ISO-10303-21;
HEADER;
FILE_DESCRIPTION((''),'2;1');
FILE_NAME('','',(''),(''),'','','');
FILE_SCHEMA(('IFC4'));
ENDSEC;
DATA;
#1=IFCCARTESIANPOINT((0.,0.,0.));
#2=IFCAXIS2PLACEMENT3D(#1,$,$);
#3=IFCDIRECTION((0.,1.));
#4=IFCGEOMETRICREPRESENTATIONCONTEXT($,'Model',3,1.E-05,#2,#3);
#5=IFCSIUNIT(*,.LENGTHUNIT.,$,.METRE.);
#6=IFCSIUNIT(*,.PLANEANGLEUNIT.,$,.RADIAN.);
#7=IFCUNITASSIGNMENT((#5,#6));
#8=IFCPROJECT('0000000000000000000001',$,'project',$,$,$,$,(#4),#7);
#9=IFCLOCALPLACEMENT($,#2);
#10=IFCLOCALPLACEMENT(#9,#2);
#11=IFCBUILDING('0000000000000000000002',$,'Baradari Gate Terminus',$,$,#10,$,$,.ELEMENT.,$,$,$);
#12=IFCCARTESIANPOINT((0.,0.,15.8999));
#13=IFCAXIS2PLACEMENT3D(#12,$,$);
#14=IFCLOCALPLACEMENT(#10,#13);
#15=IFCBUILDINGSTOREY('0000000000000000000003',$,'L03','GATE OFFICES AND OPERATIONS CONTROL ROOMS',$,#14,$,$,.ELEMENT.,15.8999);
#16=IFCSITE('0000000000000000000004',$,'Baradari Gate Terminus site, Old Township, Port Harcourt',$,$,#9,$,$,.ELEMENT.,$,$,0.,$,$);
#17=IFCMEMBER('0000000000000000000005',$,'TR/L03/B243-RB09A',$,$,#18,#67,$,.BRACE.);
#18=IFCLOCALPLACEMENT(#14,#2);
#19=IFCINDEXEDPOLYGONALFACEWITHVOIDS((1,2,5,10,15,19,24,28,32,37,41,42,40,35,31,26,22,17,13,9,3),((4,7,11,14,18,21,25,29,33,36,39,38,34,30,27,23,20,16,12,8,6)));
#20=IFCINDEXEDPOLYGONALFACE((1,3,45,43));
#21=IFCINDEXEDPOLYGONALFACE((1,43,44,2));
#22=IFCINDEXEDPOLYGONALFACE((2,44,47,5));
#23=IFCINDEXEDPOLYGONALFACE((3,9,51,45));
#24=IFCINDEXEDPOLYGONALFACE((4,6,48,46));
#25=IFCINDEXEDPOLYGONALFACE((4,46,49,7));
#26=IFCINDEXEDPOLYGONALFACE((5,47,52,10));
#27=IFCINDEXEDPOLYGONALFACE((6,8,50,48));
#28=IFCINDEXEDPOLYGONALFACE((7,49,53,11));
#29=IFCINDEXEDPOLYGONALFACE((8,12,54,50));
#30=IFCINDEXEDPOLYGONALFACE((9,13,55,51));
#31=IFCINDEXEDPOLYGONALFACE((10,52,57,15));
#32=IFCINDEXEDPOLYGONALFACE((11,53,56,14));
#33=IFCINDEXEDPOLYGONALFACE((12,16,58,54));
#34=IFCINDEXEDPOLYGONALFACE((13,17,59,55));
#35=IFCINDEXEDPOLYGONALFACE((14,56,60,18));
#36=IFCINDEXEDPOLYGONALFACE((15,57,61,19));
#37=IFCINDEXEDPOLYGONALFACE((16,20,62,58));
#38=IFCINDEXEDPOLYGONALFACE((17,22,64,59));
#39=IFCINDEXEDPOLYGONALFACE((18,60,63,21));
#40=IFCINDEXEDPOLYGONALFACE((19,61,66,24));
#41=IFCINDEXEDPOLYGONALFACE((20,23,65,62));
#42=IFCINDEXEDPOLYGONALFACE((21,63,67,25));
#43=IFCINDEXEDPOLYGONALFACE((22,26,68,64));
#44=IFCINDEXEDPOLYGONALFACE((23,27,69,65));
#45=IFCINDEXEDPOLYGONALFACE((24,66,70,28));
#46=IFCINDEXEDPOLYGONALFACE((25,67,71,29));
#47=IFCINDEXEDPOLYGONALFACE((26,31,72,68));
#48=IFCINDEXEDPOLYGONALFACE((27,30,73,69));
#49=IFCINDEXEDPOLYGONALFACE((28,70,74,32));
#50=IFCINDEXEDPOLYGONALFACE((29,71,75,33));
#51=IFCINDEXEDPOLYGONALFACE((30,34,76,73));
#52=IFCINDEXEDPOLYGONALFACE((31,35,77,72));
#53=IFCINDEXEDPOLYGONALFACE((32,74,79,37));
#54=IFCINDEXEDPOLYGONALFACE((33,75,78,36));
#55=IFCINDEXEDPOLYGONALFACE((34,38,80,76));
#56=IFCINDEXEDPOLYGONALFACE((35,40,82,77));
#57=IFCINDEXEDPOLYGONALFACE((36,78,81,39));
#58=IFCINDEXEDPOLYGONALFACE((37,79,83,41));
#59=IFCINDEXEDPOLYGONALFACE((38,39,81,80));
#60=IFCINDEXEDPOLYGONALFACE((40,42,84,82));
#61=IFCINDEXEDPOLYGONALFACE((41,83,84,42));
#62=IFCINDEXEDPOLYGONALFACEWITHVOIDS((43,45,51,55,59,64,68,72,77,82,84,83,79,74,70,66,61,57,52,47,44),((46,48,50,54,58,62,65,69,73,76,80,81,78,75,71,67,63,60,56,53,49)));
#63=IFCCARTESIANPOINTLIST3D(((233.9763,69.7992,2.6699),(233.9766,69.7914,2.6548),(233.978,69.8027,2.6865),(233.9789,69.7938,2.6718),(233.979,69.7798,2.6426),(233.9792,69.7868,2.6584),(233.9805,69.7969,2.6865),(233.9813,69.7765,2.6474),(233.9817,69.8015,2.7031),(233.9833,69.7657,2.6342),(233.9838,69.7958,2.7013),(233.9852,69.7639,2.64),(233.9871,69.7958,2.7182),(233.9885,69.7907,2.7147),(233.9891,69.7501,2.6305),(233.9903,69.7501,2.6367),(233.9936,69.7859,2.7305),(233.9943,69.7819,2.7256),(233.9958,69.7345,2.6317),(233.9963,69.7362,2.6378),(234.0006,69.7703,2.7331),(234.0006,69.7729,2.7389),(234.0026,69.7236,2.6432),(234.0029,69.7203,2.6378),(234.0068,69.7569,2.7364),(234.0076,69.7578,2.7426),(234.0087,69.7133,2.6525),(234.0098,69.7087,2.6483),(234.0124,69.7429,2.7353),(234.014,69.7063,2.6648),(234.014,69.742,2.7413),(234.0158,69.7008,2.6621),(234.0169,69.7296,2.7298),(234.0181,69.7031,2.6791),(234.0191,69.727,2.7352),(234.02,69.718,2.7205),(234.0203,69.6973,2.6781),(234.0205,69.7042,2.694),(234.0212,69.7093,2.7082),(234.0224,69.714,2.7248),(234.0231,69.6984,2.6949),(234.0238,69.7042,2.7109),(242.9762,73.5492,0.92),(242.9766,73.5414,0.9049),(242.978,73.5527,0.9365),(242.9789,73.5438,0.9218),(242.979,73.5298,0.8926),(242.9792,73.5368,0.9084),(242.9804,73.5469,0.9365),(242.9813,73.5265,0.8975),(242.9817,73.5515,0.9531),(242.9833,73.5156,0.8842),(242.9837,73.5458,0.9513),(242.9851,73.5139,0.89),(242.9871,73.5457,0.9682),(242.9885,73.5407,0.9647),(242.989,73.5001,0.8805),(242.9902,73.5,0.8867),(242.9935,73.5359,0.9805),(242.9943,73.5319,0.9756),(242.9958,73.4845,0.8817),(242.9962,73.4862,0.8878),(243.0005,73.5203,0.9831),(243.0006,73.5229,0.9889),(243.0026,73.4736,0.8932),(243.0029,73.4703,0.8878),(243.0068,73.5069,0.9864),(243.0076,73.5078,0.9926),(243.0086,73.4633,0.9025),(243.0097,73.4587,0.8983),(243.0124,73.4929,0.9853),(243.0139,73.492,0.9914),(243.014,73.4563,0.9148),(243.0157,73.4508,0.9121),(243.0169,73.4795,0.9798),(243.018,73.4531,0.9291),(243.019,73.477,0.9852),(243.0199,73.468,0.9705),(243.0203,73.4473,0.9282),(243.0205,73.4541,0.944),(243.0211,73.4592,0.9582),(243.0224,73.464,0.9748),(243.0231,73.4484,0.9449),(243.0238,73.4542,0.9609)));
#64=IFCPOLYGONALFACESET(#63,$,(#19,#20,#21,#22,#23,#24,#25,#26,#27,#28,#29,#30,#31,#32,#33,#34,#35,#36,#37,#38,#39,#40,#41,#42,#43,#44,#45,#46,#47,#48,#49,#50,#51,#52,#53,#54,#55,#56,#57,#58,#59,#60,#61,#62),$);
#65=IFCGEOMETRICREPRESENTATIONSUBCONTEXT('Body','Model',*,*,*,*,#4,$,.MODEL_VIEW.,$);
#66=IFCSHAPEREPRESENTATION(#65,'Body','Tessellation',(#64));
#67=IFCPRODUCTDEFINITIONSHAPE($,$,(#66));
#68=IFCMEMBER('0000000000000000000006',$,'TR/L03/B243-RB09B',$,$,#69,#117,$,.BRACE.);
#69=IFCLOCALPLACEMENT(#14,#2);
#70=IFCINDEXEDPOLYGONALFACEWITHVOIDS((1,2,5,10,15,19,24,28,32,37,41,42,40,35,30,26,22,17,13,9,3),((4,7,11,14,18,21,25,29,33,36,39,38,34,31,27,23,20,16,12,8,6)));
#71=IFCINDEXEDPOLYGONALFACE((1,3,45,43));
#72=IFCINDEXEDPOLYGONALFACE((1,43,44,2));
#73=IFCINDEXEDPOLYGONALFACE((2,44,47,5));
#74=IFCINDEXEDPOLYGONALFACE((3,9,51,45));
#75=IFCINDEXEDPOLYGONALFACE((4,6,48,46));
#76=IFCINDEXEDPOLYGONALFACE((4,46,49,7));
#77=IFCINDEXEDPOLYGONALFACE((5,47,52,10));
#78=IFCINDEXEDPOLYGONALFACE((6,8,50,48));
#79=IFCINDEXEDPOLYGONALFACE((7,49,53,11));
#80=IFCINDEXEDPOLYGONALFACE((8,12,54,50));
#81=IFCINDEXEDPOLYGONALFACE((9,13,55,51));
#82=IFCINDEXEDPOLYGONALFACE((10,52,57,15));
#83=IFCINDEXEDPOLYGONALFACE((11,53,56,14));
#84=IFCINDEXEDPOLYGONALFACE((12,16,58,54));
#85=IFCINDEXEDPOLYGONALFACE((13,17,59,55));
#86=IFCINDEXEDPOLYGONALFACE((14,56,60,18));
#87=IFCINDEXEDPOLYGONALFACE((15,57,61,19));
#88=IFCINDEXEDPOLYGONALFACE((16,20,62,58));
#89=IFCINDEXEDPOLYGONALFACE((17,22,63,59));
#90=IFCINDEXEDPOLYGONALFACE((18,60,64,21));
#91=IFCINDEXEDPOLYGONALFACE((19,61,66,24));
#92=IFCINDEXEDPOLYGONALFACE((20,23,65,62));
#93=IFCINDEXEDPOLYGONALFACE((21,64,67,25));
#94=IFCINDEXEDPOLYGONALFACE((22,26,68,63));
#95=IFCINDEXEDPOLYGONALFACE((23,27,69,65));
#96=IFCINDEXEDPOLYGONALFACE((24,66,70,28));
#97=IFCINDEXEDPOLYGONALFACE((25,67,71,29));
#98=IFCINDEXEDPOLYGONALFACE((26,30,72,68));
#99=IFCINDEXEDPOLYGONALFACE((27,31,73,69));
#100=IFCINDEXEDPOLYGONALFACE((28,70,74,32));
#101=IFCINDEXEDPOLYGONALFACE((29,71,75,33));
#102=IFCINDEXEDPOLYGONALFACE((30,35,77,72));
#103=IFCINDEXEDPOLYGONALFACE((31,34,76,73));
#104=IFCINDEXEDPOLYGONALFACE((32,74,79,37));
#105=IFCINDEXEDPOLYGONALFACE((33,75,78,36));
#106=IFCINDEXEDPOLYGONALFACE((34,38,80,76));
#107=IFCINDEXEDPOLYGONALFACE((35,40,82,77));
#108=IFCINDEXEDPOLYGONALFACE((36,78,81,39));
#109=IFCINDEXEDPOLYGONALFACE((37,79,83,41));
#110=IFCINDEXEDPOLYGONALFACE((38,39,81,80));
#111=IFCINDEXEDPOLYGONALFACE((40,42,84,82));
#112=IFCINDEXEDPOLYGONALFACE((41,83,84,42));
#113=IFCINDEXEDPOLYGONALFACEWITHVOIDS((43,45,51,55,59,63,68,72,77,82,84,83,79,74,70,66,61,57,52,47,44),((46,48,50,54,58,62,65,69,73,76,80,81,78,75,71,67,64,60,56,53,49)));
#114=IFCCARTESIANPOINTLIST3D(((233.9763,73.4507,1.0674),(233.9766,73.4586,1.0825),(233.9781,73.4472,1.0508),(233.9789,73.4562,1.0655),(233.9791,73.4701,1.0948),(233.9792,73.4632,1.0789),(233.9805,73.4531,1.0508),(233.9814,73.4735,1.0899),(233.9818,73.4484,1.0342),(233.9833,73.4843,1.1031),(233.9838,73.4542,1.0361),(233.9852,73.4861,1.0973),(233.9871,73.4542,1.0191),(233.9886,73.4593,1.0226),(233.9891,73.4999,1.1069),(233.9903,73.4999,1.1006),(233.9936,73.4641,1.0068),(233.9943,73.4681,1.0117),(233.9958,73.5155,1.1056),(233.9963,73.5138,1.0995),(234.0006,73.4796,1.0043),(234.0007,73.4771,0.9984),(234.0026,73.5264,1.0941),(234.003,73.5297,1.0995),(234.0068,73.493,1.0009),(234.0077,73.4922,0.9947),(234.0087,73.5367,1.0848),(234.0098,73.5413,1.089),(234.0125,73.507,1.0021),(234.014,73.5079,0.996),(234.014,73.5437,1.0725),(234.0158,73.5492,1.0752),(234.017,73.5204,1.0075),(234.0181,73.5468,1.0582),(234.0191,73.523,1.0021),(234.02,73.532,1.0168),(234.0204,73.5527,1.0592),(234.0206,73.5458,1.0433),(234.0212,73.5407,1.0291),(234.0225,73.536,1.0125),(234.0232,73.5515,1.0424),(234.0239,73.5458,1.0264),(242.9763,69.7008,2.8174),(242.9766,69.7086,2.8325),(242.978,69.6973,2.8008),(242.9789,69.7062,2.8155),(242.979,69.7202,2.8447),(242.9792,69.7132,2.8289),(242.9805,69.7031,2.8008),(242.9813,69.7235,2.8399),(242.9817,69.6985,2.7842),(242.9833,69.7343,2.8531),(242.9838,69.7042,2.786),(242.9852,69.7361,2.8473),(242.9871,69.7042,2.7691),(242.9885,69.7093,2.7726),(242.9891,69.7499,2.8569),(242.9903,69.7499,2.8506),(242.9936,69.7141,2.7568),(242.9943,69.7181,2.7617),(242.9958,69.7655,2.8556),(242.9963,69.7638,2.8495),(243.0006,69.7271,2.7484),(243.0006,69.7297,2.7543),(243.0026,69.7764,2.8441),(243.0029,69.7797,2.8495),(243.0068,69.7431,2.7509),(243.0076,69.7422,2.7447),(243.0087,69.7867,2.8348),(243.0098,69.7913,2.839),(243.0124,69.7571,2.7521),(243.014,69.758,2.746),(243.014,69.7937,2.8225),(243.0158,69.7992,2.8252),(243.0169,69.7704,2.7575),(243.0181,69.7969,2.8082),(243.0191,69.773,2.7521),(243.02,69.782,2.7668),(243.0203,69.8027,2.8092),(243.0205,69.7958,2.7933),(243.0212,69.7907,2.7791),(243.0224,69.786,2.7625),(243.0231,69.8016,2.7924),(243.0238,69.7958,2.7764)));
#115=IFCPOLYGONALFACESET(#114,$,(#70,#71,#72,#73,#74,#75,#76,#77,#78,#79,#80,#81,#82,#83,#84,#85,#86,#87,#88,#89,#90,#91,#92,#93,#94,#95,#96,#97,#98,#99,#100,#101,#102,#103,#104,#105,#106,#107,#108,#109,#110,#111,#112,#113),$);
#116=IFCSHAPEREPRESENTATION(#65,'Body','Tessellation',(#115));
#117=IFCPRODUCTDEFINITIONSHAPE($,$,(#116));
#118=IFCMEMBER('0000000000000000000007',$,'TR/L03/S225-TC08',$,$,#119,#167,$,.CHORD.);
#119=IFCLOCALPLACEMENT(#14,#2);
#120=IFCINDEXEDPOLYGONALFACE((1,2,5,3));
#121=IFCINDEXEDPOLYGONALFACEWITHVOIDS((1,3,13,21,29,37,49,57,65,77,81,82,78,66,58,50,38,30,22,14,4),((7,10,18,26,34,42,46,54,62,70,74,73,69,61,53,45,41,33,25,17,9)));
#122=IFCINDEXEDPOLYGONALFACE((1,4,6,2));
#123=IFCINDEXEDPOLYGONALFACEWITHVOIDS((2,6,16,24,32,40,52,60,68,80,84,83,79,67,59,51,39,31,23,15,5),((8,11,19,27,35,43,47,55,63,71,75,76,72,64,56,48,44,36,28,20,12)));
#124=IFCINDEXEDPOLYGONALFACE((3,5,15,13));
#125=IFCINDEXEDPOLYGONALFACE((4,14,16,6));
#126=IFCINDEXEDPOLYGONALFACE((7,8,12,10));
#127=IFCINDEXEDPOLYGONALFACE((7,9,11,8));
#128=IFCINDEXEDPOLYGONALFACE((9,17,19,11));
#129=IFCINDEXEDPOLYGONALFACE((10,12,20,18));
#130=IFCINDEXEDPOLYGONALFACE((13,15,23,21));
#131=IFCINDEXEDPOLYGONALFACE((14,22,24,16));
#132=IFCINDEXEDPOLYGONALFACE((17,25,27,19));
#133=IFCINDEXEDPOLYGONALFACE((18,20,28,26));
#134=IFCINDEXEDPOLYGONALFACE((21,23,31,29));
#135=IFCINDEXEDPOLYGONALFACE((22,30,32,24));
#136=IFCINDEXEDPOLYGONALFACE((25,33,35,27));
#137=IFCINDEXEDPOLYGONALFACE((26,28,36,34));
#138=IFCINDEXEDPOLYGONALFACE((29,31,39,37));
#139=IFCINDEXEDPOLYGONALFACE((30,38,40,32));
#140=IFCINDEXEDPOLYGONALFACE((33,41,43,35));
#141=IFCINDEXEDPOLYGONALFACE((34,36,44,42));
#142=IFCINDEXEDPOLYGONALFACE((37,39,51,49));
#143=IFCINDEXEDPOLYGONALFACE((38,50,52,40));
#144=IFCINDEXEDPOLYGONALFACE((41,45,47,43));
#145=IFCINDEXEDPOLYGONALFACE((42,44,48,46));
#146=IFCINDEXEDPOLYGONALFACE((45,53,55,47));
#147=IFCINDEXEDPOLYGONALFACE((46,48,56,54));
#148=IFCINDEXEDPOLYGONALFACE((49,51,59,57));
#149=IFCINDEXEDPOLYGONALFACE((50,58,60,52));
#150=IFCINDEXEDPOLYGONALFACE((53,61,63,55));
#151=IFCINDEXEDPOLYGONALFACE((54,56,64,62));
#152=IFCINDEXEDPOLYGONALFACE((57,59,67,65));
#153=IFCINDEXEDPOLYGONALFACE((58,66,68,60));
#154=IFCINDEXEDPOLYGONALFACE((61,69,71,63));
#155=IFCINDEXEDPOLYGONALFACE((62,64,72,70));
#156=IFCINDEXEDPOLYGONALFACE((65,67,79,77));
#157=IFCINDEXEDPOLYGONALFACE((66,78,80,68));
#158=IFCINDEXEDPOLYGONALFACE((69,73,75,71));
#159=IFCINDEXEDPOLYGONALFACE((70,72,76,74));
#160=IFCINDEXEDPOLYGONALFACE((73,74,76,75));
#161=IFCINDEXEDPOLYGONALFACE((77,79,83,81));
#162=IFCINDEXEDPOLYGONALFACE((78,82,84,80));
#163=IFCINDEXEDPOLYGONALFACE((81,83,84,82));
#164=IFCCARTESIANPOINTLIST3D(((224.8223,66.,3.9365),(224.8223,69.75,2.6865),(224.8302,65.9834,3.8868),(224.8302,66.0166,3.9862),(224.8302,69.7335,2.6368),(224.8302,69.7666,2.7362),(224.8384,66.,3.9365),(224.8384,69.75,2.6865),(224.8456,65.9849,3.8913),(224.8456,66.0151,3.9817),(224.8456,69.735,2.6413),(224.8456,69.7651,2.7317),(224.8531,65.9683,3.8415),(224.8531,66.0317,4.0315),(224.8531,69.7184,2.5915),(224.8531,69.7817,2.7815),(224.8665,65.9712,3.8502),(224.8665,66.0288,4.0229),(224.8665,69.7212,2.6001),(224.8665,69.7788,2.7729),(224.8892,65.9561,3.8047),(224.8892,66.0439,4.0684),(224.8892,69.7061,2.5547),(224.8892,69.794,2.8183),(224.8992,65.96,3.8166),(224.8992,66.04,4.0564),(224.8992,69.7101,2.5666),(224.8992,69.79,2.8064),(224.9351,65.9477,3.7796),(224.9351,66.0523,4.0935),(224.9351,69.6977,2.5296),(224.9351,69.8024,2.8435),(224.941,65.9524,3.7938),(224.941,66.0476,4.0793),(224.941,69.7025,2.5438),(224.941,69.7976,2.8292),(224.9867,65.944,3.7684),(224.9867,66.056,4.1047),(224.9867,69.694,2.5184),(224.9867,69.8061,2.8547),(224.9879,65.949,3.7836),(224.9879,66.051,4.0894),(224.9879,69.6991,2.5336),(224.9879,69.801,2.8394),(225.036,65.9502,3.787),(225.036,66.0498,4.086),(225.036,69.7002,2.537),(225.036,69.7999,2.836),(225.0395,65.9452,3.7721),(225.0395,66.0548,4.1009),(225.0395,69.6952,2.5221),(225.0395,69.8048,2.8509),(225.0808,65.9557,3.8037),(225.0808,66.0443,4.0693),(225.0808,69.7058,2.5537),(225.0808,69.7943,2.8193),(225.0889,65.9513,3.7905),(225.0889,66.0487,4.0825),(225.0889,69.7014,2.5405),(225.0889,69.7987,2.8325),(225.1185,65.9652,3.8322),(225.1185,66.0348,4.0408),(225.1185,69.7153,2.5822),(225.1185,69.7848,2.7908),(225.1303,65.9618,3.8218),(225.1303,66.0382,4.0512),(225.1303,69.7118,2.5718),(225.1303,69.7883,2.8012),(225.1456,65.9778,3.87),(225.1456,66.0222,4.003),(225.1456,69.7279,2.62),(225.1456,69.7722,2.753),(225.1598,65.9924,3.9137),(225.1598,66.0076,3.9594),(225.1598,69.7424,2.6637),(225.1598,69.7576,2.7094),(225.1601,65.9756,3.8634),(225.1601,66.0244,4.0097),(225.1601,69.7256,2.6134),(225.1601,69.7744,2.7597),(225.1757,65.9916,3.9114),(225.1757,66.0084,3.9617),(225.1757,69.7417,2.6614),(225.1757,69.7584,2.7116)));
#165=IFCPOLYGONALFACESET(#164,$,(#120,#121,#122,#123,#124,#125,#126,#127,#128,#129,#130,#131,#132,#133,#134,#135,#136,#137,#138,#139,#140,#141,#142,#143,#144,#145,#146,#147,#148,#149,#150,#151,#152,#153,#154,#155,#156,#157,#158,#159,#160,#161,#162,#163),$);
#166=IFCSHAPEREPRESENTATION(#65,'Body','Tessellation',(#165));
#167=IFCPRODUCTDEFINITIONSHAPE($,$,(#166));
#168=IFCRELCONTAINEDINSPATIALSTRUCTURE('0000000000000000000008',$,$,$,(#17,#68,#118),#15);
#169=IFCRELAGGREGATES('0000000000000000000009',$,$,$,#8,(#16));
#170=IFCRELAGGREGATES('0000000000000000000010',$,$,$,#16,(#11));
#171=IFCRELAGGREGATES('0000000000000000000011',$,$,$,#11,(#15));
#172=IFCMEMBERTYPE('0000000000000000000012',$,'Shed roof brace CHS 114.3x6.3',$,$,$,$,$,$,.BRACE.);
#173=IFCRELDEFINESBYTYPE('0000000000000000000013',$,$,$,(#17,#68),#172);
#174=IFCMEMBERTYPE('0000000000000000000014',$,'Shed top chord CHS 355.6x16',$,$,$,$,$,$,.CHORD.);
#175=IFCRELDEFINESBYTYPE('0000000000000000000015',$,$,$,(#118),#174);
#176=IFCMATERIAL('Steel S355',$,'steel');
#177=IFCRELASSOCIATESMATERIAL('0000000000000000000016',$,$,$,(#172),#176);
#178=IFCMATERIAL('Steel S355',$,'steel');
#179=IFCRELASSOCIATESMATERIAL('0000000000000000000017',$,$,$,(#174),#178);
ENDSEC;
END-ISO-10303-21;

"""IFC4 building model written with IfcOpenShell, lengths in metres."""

from ifc_helpers import new_model, si_unit, direction, frame, origin, origin_2d, place, context, subcontext, project, spatial, hollow_circle, extrude, material, material_profile, profile_set, type_object, element, save


model = new_model("IFC4")

# Units and contexts
model_context = context("Model", 3, precision=1e-05, world=origin(), true_north=direction((0.0, 1.0)))
body_context = subcontext(model_context, "Body", "Model", "MODEL_VIEW")
ifc_project = project(units=[si_unit("LENGTHUNIT", "METRE"), si_unit("PLANEANGLEUNIT", "RADIAN")], contexts=[model_context])

# Site, building, storey
site_placement = place(None, origin())
site = spatial("IfcSite", under=ifc_project, at=site_placement, Name="Baradari Gate Terminus site, Old Township, Port Harcourt", CompositionType="ELEMENT", RefElevation=0.0)
building_placement = place(site_placement, origin())
building = spatial("IfcBuilding", under=site, at=building_placement, Name="Baradari Gate Terminus", CompositionType="ELEMENT")
storey_placement = place(building_placement, frame((0.0, 0.0, 15.8999)))
storey = spatial("IfcBuildingStorey", under=building, at=storey_placement, Name="L03", Description="GATE OFFICES AND OPERATIONS CONTROL ROOMS", CompositionType="ELEMENT", Elevation=15.8999)

# Members
ifc_material_1 = material(Name="Steel S355", Category="steel")
ifc_material_profile_1 = material_profile(ifc_material_1, hollow_circle(Radius=0.0571, WallThickness=0.0063, at=origin_2d()), Name="CHS 114.3x6.3")
ifc_profile_set_1 = profile_set([ifc_material_profile_1], Name="Steel S355")
member_type_1 = type_object("IfcMemberType", Name="Shed roof brace CHS 114.3x6.3", PredefinedType="BRACE", material=ifc_profile_set_1)
for number, where, z_axis, x_axis, name in (
    (1, (234.0, 69.75, 2.6865), (0.908558, 0.378566, -0.176664), (-0.384615, 0.923077, 0.0), "TR/L03/B243-RB09A"),
    (2, (243.0, 69.75, 2.8008), (-0.908558, 0.378566, -0.176664), (-0.384615, -0.923077, 0.0), "TR/L03/B243-RB09B"),
):
    element("IfcMember", number, at=place(storey_placement, frame(where, z_axis=z_axis, x_axis=x_axis)), inside=storey, type_object=member_type_1, Name=name, PredefinedType="BRACE", context=body_context, shape_type="SweptSolid", body=[
        extrude(hollow_circle(Radius=0.0571, WallThickness=0.0063, at=origin_2d()), origin(), (0.0, 0.0, 1.0), 9.9058),
    ])
ifc_material_2 = material(Name="Steel S355", Category="steel")
ifc_material_profile_2 = material_profile(ifc_material_2, hollow_circle(Radius=0.1777, WallThickness=0.0161, at=origin_2d()), Name="CHS 355.6x16")
ifc_profile_set_2 = profile_set([ifc_material_profile_2], Name="Steel S355")
member_type_2 = type_object("IfcMemberType", Name="Shed top chord CHS 355.6x16", PredefinedType="CHORD", material=ifc_profile_set_2)
member_1_placement = place(storey_placement, frame((225.0, 66.0, 3.9365), z_axis=(0.0, 0.948683, -0.316228), x_axis=(-1.0, 0.0, 0.0)))
element("IfcMember", 3, at=member_1_placement, inside=storey, type_object=member_type_2, Name="TR/L03/S225-TC08", PredefinedType="CHORD", context=body_context, shape_type="SweptSolid", body=[
    extrude(hollow_circle(Radius=0.1777, WallThickness=0.0161, at=origin_2d()), origin(), (0.0, 0.0, 1.0), 3.9529),
])

save(model, "model.ifc")
